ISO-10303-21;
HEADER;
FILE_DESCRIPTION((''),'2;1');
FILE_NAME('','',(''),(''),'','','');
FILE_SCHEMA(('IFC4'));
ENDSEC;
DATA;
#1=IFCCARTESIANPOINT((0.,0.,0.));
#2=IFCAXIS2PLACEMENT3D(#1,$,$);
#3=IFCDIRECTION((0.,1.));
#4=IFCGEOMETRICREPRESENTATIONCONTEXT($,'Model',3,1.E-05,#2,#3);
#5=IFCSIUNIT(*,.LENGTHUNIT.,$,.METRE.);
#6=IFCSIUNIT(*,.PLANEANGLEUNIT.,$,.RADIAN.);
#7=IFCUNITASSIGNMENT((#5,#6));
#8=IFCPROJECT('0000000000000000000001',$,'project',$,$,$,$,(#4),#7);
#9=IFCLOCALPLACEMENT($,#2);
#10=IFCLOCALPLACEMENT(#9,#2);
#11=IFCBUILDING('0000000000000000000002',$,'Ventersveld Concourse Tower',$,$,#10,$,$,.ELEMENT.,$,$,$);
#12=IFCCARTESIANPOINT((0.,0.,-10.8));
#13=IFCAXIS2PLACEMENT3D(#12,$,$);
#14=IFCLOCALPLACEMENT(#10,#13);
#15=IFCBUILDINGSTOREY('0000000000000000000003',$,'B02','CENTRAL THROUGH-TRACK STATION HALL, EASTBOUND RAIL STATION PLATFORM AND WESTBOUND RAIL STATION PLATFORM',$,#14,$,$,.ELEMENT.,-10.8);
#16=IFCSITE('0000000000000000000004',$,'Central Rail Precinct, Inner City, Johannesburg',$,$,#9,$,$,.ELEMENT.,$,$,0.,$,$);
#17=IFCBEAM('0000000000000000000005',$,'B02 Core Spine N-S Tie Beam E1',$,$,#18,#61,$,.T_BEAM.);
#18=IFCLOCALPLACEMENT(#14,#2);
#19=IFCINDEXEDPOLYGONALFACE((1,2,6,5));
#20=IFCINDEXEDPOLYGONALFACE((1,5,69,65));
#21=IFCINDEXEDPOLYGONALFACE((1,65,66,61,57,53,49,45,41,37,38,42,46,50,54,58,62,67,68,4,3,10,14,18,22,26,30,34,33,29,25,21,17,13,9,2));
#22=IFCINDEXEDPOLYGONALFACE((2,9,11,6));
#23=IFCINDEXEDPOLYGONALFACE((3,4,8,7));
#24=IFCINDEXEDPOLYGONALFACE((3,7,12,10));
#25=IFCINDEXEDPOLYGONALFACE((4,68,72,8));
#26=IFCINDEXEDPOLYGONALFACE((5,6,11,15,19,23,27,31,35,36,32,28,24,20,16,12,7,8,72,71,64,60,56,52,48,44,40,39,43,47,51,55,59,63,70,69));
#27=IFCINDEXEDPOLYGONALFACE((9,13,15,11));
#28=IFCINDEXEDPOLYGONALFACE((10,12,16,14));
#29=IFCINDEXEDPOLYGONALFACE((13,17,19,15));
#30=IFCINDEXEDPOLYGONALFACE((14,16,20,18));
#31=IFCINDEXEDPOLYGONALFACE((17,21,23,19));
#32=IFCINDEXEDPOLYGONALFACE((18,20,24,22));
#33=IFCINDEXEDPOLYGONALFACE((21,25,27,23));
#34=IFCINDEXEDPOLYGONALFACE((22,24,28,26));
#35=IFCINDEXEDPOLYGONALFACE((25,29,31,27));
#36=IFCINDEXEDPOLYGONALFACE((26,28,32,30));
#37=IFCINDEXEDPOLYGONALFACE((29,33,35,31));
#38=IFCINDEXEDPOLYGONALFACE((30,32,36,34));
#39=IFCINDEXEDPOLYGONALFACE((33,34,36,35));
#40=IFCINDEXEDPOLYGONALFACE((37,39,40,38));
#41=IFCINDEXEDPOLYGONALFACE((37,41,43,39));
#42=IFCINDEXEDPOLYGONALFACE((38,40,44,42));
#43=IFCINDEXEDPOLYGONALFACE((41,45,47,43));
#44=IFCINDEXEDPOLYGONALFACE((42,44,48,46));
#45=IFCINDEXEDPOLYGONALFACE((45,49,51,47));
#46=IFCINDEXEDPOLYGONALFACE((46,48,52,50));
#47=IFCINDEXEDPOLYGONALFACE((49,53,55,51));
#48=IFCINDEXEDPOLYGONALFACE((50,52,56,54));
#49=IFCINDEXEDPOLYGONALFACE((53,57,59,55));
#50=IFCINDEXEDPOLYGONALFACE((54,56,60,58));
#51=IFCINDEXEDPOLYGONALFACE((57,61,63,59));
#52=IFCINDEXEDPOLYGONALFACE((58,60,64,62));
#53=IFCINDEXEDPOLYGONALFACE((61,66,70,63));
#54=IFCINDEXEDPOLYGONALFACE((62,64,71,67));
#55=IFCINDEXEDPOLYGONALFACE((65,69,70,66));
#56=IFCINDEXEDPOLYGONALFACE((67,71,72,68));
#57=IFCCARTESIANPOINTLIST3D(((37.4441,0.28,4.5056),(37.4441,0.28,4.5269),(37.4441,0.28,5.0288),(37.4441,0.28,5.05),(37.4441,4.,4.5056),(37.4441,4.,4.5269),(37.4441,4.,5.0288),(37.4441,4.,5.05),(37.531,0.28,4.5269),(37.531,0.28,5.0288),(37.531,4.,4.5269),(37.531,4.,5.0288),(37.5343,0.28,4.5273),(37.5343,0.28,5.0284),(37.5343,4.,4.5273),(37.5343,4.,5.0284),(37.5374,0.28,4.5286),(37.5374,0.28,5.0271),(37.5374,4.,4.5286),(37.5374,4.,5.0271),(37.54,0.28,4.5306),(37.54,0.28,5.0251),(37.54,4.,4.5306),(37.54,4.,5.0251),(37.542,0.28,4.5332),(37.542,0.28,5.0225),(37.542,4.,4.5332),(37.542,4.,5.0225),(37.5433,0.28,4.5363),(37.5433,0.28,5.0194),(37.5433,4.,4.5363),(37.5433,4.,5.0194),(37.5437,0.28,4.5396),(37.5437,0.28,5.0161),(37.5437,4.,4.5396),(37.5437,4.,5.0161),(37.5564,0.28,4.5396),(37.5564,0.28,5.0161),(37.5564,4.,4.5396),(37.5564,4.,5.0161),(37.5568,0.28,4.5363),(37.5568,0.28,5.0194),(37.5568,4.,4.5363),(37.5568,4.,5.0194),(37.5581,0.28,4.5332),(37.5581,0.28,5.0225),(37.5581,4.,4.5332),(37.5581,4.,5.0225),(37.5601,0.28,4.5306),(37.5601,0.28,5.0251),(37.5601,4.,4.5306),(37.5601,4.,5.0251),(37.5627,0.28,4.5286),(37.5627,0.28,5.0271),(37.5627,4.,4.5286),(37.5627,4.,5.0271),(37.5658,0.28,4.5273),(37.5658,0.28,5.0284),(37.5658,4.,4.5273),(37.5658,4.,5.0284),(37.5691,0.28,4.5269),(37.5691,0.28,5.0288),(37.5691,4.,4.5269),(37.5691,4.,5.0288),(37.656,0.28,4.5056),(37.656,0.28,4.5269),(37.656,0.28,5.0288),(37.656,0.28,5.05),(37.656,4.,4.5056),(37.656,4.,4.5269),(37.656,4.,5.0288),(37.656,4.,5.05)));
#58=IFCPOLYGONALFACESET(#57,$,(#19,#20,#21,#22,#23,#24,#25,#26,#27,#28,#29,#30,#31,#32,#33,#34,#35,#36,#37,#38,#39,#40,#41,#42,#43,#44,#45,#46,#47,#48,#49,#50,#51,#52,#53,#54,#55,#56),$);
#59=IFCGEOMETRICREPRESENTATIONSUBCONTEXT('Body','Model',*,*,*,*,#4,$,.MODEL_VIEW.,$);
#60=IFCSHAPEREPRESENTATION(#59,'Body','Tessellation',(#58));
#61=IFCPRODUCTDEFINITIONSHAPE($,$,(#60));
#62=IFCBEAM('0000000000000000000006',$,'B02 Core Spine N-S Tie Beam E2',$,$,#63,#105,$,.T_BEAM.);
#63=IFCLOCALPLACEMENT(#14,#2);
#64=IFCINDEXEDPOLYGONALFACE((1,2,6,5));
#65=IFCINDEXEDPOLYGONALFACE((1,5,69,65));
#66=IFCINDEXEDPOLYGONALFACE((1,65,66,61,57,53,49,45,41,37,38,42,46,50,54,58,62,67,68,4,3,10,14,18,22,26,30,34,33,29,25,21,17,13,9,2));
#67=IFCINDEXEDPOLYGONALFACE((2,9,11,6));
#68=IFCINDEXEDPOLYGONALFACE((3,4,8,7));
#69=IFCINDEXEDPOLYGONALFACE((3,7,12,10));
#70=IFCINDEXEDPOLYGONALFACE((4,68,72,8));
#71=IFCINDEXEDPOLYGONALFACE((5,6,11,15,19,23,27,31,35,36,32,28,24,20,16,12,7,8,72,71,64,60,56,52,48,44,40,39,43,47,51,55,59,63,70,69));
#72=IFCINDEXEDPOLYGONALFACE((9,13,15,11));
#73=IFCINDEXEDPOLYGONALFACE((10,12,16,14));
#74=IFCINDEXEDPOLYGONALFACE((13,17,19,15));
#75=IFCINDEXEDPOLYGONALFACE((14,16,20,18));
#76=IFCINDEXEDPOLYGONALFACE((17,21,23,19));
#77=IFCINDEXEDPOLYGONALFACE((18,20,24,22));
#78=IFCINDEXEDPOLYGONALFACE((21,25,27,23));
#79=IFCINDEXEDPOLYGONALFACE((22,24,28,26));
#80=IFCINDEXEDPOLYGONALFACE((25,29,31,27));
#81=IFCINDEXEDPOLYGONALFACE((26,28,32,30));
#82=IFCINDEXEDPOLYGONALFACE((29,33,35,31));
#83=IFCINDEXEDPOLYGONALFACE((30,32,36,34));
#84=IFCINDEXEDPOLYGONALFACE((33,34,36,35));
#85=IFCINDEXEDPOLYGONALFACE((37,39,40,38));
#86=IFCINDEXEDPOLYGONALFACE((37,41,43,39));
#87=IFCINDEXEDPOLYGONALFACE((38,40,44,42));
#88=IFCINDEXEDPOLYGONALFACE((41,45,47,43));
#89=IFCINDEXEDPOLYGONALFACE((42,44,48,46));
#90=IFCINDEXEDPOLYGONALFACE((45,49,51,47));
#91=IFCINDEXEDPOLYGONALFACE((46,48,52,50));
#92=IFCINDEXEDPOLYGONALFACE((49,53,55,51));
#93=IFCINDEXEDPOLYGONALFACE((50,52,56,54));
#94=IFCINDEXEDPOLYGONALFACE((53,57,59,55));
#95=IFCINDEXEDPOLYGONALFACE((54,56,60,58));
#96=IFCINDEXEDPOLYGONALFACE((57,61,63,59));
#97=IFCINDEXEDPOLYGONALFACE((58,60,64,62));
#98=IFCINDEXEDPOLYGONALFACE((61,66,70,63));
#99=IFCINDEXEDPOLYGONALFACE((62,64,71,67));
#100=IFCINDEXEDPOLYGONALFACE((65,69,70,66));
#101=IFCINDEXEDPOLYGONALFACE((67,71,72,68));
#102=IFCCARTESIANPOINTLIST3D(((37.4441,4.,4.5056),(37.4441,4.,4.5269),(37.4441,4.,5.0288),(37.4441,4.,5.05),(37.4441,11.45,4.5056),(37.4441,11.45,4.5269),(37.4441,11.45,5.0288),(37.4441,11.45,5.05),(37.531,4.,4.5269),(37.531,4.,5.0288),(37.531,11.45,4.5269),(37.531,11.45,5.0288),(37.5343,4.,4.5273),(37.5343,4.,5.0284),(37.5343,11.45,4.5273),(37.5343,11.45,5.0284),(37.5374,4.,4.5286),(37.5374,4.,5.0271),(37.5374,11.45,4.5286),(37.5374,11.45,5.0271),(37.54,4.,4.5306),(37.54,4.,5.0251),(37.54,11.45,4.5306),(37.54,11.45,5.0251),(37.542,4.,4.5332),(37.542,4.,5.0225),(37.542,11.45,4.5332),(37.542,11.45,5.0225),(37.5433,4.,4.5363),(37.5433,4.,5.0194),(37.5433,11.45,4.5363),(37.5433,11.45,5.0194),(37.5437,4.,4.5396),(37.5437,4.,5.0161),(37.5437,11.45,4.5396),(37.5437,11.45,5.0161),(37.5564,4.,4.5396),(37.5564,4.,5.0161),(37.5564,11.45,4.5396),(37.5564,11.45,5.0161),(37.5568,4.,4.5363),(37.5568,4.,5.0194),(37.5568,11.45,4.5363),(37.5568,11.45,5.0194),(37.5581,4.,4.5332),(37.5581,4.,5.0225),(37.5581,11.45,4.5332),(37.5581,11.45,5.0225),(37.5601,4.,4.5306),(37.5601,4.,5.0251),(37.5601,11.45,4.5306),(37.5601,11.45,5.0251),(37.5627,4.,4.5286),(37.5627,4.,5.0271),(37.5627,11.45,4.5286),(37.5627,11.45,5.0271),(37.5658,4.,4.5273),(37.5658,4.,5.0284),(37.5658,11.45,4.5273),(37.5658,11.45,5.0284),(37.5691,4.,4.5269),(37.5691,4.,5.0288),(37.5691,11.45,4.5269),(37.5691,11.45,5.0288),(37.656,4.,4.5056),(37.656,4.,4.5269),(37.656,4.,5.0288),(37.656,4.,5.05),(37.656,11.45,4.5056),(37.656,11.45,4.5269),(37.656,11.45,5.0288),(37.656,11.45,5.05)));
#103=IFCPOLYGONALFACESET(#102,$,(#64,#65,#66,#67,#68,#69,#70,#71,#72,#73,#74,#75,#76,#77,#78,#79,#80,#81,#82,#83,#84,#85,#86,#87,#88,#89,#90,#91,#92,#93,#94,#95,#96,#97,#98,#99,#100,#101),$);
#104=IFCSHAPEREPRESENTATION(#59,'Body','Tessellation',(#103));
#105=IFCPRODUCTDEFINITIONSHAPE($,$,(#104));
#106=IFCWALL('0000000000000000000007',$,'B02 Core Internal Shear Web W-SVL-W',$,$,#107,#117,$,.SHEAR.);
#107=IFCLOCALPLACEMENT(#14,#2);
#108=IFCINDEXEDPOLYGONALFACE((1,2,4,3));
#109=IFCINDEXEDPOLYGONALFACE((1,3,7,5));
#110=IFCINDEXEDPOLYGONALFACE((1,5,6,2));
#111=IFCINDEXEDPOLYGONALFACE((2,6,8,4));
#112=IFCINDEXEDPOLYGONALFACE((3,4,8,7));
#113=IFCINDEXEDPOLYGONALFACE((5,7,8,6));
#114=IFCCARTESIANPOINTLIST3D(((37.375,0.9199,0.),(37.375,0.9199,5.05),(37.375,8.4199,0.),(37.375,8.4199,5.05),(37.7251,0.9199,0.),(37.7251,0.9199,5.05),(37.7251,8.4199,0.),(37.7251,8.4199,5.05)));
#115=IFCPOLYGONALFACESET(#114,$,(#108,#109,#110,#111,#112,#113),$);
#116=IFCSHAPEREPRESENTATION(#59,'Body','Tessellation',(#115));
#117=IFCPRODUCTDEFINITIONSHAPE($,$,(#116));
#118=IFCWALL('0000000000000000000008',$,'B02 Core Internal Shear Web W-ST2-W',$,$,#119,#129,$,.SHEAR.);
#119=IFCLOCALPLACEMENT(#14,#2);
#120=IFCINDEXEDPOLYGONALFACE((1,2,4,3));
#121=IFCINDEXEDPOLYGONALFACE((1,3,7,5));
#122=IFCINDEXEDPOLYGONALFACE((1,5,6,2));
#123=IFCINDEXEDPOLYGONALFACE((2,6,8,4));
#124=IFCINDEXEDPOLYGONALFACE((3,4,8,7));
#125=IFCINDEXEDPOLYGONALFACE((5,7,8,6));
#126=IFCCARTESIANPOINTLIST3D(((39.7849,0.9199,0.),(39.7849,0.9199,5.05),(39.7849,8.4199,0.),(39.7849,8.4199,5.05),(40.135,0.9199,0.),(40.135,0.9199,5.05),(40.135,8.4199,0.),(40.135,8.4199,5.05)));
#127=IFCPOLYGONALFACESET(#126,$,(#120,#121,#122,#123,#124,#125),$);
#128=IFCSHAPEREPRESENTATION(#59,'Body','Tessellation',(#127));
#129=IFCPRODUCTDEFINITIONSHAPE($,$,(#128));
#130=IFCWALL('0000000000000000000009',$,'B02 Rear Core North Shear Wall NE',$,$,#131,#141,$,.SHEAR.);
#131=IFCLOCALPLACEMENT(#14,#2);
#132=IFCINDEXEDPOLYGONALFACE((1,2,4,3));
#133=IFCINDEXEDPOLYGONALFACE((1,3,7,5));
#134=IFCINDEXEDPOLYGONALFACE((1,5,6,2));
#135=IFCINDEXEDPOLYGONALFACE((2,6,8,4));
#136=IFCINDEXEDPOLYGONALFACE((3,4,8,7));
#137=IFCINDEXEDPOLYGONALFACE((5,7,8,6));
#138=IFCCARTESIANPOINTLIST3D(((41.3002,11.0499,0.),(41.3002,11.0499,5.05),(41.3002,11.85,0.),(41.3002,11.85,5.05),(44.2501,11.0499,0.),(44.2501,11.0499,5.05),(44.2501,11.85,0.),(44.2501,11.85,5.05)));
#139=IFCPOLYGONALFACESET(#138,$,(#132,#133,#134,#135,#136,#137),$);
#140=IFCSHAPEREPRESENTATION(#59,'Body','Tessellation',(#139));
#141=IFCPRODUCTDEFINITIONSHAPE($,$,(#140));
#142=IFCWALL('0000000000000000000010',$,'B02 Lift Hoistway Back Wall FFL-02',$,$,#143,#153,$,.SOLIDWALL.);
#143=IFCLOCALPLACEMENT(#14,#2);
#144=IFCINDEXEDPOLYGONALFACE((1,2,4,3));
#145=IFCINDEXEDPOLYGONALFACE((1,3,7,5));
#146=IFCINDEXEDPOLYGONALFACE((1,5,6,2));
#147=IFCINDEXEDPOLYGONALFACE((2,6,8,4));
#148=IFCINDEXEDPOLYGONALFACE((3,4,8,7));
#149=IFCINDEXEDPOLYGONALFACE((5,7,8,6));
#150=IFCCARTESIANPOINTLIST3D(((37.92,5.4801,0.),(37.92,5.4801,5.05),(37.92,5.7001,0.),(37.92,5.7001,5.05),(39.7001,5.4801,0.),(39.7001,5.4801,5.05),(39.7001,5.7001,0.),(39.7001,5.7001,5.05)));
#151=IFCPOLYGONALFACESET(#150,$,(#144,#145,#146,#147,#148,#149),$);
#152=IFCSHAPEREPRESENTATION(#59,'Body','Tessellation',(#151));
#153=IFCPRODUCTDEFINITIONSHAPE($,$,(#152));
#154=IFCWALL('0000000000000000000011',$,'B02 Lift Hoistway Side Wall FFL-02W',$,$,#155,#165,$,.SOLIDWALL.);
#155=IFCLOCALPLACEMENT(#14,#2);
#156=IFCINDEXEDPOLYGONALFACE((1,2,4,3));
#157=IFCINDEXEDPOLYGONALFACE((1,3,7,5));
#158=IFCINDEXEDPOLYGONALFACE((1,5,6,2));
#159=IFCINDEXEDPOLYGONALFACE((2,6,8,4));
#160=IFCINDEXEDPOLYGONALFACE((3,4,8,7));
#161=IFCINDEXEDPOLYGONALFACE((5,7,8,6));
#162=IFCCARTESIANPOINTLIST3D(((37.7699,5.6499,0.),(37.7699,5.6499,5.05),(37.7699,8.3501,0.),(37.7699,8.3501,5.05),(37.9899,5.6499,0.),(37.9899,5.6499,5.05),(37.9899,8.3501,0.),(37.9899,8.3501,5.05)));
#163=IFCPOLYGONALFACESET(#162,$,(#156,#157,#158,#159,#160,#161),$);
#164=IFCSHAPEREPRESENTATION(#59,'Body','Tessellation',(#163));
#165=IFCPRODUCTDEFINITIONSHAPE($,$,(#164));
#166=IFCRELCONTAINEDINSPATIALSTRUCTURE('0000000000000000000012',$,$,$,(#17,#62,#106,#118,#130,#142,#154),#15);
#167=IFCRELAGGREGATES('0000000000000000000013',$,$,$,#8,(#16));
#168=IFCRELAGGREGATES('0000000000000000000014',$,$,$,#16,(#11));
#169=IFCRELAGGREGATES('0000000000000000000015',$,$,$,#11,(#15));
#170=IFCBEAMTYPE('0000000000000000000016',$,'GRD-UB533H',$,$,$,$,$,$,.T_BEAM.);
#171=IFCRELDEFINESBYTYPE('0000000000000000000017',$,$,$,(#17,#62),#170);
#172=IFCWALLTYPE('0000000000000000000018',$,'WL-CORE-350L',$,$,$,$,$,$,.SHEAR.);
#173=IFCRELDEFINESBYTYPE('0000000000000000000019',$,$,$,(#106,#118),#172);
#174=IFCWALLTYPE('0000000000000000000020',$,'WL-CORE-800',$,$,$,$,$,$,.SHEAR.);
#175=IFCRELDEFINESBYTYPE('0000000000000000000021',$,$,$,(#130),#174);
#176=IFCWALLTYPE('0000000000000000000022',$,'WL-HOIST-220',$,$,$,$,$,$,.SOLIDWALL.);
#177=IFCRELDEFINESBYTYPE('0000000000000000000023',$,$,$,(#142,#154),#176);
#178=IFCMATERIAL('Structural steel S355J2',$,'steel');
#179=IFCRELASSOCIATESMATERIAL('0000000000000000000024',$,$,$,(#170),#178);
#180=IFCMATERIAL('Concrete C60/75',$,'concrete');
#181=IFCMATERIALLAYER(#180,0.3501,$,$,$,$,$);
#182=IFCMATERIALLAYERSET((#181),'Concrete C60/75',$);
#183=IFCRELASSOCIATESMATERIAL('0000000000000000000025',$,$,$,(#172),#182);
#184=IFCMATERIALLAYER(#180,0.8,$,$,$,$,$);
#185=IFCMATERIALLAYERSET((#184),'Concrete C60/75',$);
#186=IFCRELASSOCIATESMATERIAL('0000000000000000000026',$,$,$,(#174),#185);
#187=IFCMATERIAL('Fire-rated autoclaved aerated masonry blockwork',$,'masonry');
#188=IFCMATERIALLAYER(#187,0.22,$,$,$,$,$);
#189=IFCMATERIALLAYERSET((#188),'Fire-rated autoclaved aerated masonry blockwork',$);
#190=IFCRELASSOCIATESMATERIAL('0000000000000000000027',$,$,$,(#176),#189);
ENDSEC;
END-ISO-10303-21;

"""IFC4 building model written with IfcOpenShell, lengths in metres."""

from ifc_helpers import new_model, si_unit, direction, frame, frame_2d, origin, origin_2d, place, context, subcontext, project, spatial, rectangle, i_section, extrude, material, layer, layer_set, material_profile, profile_set, type_object, element, save


model = new_model("IFC4")

# Units and contexts
model_context = context("Model", 3, precision=1e-05, world=origin(), true_north=direction((0.0, 1.0)))
body_context = subcontext(model_context, "Body", "Model", "MODEL_VIEW")
ifc_project = project(units=[si_unit("LENGTHUNIT", "METRE"), si_unit("PLANEANGLEUNIT", "RADIAN")], contexts=[model_context])

# Site, building, storey
site_placement = place(None, origin())
site = spatial("IfcSite", under=ifc_project, at=site_placement, Name="Central Rail Precinct, Inner City, Johannesburg", CompositionType="ELEMENT", RefElevation=0.0)
building_placement = place(site_placement, origin())
building = spatial("IfcBuilding", under=site, at=building_placement, Name="Ventersveld Concourse Tower", CompositionType="ELEMENT")
storey_placement = place(building_placement, frame((0.0, 0.0, -10.8)))
storey = spatial("IfcBuildingStorey", under=building, at=storey_placement, Name="B02", Description="CENTRAL THROUGH-TRACK STATION HALL, EASTBOUND RAIL STATION PLATFORM AND WESTBOUND RAIL STATION PLATFORM", CompositionType="ELEMENT", Elevation=-10.8)

# Beams
ifc_material_1 = material(Name="Concrete C60/75", Category="concrete")
ifc_material_2 = material(Name="Structural steel S355J2", Category="steel")
ifc_material_profile_1 = material_profile(ifc_material_2, i_section(OverallWidth=0.2119, OverallDepth=0.5444, WebThickness=0.0127, FlangeThickness=0.0212, FilletRadius=0.0127, at=origin_2d()), Name="UB 533x210x122")
ifc_profile_set_1 = profile_set([ifc_material_profile_1], Name="Structural steel S355J2")
beam_type_1 = type_object("IfcBeamType", Name="GRD-UB533H", PredefinedType="T_BEAM", material=ifc_profile_set_1)
beam_1_placement = place(storey_placement, frame((37.55, 0.28, 4.7778), z_axis=(0.0, 1.0, 0.0), x_axis=(-1.0, 0.0, 0.0)))
element("IfcBeam", 1, at=beam_1_placement, inside=storey, type_object=beam_type_1, Name="B02 Core Spine N-S Tie Beam E1", PredefinedType="T_BEAM", context=body_context, shape_type="SweptSolid", body=[
    extrude(i_section(OverallWidth=0.2119, OverallDepth=0.5444, WebThickness=0.0127, FlangeThickness=0.0212, FilletRadius=0.0127, at=origin_2d()), origin(), (0.0, 0.0, 1.0), 3.72),
])
beam_2_placement = place(storey_placement, frame((37.55, 4.0, 4.7778), z_axis=(0.0, 1.0, 0.0), x_axis=(-1.0, 0.0, 0.0)))
element("IfcBeam", 2, at=beam_2_placement, inside=storey, type_object=beam_type_1, Name="B02 Core Spine N-S Tie Beam E2", PredefinedType="T_BEAM", context=body_context, shape_type="SweptSolid", body=[
    extrude(i_section(OverallWidth=0.2119, OverallDepth=0.5444, WebThickness=0.0127, FlangeThickness=0.0212, FilletRadius=0.0127, at=origin_2d()), origin(), (0.0, 0.0, 1.0), 7.45),
])

# Walls
ifc_layer_1 = layer(ifc_material_1, 0.3501)
ifc_layer_set_1 = layer_set([ifc_layer_1], Name="Concrete C60/75")
wall_type_1 = type_object("IfcWallType", Name="WL-CORE-350L", PredefinedType="SHEAR", material=ifc_layer_set_1)
for number, where, z_axis, x_axis, name in (
    (3, (37.55, 0.9199, 0.0), (0.0, 0.0, 1.0), (0.0, 1.0, 0.0), "B02 Core Internal Shear Web W-SVL-W"),
    (4, (39.96, 0.9199, 0.0), (0.0, 0.0, 1.0), (0.0, 1.0, 0.0), "B02 Core Internal Shear Web W-ST2-W"),
):
    element("IfcWall", number, at=place(storey_placement, frame(where, z_axis=z_axis, x_axis=x_axis)), inside=storey, type_object=wall_type_1, Name=name, PredefinedType="SHEAR", context=body_context, shape_type="SweptSolid", body=[
        extrude(rectangle(XDim=7.5, YDim=0.3501, at=frame_2d((3.75, 0.0))), origin(), (0.0, 0.0, 1.0), 5.05),
    ])
ifc_layer_2 = layer(ifc_material_1, 0.8)
ifc_layer_set_2 = layer_set([ifc_layer_2], Name="Concrete C60/75")
wall_type_2 = type_object("IfcWallType", Name="WL-CORE-800", PredefinedType="SHEAR", material=ifc_layer_set_2)
wall_1_placement = place(storey_placement, frame((41.3, 11.45, 0.0), z_axis=(0.0, 0.0, 1.0), x_axis=(1.0, 0.0, 0.0)))
element("IfcWall", 5, at=wall_1_placement, inside=storey, type_object=wall_type_2, Name="B02 Rear Core North Shear Wall NE", PredefinedType="SHEAR", context=body_context, shape_type="SweptSolid", body=[
    extrude(rectangle(XDim=2.95, YDim=0.8, at=frame_2d((1.4751, 0.0))), origin(), (0.0, 0.0, 1.0), 5.05),
])
ifc_material_3 = material(Name="Fire-rated autoclaved aerated masonry blockwork", Category="masonry")
ifc_layer_3 = layer(ifc_material_3, 0.22)
ifc_layer_set_3 = layer_set([ifc_layer_3], Name="Fire-rated autoclaved aerated masonry blockwork")
wall_type_3 = type_object("IfcWallType", Name="WL-HOIST-220", PredefinedType="SOLIDWALL", material=ifc_layer_set_3)
wall_2_placement = place(storey_placement, frame((37.9199, 5.5901, 0.0), z_axis=(0.0, 0.0, 1.0), x_axis=(1.0, 0.0, 0.0)))
element("IfcWall", 6, at=wall_2_placement, inside=storey, type_object=wall_type_3, Name="B02 Lift Hoistway Back Wall FFL-02", PredefinedType="SOLIDWALL", context=body_context, shape_type="SweptSolid", body=[
    extrude(rectangle(XDim=1.78, YDim=0.22, at=frame_2d((0.8901, 0.0))), origin(), (0.0, 0.0, 1.0), 5.05),
])
wall_3_placement = place(storey_placement, frame((37.8799, 5.6499, 0.0), z_axis=(0.0, 0.0, 1.0), x_axis=(0.0, 1.0, 0.0)))
element("IfcWall", 7, at=wall_3_placement, inside=storey, type_object=wall_type_3, Name="B02 Lift Hoistway Side Wall FFL-02W", PredefinedType="SOLIDWALL", context=body_context, shape_type="SweptSolid", body=[
    extrude(rectangle(XDim=2.7002, YDim=0.22, at=frame_2d((1.3501, 0.0))), origin(), (0.0, 0.0, 1.0), 5.05),
])

save(model, "model.ifc")
